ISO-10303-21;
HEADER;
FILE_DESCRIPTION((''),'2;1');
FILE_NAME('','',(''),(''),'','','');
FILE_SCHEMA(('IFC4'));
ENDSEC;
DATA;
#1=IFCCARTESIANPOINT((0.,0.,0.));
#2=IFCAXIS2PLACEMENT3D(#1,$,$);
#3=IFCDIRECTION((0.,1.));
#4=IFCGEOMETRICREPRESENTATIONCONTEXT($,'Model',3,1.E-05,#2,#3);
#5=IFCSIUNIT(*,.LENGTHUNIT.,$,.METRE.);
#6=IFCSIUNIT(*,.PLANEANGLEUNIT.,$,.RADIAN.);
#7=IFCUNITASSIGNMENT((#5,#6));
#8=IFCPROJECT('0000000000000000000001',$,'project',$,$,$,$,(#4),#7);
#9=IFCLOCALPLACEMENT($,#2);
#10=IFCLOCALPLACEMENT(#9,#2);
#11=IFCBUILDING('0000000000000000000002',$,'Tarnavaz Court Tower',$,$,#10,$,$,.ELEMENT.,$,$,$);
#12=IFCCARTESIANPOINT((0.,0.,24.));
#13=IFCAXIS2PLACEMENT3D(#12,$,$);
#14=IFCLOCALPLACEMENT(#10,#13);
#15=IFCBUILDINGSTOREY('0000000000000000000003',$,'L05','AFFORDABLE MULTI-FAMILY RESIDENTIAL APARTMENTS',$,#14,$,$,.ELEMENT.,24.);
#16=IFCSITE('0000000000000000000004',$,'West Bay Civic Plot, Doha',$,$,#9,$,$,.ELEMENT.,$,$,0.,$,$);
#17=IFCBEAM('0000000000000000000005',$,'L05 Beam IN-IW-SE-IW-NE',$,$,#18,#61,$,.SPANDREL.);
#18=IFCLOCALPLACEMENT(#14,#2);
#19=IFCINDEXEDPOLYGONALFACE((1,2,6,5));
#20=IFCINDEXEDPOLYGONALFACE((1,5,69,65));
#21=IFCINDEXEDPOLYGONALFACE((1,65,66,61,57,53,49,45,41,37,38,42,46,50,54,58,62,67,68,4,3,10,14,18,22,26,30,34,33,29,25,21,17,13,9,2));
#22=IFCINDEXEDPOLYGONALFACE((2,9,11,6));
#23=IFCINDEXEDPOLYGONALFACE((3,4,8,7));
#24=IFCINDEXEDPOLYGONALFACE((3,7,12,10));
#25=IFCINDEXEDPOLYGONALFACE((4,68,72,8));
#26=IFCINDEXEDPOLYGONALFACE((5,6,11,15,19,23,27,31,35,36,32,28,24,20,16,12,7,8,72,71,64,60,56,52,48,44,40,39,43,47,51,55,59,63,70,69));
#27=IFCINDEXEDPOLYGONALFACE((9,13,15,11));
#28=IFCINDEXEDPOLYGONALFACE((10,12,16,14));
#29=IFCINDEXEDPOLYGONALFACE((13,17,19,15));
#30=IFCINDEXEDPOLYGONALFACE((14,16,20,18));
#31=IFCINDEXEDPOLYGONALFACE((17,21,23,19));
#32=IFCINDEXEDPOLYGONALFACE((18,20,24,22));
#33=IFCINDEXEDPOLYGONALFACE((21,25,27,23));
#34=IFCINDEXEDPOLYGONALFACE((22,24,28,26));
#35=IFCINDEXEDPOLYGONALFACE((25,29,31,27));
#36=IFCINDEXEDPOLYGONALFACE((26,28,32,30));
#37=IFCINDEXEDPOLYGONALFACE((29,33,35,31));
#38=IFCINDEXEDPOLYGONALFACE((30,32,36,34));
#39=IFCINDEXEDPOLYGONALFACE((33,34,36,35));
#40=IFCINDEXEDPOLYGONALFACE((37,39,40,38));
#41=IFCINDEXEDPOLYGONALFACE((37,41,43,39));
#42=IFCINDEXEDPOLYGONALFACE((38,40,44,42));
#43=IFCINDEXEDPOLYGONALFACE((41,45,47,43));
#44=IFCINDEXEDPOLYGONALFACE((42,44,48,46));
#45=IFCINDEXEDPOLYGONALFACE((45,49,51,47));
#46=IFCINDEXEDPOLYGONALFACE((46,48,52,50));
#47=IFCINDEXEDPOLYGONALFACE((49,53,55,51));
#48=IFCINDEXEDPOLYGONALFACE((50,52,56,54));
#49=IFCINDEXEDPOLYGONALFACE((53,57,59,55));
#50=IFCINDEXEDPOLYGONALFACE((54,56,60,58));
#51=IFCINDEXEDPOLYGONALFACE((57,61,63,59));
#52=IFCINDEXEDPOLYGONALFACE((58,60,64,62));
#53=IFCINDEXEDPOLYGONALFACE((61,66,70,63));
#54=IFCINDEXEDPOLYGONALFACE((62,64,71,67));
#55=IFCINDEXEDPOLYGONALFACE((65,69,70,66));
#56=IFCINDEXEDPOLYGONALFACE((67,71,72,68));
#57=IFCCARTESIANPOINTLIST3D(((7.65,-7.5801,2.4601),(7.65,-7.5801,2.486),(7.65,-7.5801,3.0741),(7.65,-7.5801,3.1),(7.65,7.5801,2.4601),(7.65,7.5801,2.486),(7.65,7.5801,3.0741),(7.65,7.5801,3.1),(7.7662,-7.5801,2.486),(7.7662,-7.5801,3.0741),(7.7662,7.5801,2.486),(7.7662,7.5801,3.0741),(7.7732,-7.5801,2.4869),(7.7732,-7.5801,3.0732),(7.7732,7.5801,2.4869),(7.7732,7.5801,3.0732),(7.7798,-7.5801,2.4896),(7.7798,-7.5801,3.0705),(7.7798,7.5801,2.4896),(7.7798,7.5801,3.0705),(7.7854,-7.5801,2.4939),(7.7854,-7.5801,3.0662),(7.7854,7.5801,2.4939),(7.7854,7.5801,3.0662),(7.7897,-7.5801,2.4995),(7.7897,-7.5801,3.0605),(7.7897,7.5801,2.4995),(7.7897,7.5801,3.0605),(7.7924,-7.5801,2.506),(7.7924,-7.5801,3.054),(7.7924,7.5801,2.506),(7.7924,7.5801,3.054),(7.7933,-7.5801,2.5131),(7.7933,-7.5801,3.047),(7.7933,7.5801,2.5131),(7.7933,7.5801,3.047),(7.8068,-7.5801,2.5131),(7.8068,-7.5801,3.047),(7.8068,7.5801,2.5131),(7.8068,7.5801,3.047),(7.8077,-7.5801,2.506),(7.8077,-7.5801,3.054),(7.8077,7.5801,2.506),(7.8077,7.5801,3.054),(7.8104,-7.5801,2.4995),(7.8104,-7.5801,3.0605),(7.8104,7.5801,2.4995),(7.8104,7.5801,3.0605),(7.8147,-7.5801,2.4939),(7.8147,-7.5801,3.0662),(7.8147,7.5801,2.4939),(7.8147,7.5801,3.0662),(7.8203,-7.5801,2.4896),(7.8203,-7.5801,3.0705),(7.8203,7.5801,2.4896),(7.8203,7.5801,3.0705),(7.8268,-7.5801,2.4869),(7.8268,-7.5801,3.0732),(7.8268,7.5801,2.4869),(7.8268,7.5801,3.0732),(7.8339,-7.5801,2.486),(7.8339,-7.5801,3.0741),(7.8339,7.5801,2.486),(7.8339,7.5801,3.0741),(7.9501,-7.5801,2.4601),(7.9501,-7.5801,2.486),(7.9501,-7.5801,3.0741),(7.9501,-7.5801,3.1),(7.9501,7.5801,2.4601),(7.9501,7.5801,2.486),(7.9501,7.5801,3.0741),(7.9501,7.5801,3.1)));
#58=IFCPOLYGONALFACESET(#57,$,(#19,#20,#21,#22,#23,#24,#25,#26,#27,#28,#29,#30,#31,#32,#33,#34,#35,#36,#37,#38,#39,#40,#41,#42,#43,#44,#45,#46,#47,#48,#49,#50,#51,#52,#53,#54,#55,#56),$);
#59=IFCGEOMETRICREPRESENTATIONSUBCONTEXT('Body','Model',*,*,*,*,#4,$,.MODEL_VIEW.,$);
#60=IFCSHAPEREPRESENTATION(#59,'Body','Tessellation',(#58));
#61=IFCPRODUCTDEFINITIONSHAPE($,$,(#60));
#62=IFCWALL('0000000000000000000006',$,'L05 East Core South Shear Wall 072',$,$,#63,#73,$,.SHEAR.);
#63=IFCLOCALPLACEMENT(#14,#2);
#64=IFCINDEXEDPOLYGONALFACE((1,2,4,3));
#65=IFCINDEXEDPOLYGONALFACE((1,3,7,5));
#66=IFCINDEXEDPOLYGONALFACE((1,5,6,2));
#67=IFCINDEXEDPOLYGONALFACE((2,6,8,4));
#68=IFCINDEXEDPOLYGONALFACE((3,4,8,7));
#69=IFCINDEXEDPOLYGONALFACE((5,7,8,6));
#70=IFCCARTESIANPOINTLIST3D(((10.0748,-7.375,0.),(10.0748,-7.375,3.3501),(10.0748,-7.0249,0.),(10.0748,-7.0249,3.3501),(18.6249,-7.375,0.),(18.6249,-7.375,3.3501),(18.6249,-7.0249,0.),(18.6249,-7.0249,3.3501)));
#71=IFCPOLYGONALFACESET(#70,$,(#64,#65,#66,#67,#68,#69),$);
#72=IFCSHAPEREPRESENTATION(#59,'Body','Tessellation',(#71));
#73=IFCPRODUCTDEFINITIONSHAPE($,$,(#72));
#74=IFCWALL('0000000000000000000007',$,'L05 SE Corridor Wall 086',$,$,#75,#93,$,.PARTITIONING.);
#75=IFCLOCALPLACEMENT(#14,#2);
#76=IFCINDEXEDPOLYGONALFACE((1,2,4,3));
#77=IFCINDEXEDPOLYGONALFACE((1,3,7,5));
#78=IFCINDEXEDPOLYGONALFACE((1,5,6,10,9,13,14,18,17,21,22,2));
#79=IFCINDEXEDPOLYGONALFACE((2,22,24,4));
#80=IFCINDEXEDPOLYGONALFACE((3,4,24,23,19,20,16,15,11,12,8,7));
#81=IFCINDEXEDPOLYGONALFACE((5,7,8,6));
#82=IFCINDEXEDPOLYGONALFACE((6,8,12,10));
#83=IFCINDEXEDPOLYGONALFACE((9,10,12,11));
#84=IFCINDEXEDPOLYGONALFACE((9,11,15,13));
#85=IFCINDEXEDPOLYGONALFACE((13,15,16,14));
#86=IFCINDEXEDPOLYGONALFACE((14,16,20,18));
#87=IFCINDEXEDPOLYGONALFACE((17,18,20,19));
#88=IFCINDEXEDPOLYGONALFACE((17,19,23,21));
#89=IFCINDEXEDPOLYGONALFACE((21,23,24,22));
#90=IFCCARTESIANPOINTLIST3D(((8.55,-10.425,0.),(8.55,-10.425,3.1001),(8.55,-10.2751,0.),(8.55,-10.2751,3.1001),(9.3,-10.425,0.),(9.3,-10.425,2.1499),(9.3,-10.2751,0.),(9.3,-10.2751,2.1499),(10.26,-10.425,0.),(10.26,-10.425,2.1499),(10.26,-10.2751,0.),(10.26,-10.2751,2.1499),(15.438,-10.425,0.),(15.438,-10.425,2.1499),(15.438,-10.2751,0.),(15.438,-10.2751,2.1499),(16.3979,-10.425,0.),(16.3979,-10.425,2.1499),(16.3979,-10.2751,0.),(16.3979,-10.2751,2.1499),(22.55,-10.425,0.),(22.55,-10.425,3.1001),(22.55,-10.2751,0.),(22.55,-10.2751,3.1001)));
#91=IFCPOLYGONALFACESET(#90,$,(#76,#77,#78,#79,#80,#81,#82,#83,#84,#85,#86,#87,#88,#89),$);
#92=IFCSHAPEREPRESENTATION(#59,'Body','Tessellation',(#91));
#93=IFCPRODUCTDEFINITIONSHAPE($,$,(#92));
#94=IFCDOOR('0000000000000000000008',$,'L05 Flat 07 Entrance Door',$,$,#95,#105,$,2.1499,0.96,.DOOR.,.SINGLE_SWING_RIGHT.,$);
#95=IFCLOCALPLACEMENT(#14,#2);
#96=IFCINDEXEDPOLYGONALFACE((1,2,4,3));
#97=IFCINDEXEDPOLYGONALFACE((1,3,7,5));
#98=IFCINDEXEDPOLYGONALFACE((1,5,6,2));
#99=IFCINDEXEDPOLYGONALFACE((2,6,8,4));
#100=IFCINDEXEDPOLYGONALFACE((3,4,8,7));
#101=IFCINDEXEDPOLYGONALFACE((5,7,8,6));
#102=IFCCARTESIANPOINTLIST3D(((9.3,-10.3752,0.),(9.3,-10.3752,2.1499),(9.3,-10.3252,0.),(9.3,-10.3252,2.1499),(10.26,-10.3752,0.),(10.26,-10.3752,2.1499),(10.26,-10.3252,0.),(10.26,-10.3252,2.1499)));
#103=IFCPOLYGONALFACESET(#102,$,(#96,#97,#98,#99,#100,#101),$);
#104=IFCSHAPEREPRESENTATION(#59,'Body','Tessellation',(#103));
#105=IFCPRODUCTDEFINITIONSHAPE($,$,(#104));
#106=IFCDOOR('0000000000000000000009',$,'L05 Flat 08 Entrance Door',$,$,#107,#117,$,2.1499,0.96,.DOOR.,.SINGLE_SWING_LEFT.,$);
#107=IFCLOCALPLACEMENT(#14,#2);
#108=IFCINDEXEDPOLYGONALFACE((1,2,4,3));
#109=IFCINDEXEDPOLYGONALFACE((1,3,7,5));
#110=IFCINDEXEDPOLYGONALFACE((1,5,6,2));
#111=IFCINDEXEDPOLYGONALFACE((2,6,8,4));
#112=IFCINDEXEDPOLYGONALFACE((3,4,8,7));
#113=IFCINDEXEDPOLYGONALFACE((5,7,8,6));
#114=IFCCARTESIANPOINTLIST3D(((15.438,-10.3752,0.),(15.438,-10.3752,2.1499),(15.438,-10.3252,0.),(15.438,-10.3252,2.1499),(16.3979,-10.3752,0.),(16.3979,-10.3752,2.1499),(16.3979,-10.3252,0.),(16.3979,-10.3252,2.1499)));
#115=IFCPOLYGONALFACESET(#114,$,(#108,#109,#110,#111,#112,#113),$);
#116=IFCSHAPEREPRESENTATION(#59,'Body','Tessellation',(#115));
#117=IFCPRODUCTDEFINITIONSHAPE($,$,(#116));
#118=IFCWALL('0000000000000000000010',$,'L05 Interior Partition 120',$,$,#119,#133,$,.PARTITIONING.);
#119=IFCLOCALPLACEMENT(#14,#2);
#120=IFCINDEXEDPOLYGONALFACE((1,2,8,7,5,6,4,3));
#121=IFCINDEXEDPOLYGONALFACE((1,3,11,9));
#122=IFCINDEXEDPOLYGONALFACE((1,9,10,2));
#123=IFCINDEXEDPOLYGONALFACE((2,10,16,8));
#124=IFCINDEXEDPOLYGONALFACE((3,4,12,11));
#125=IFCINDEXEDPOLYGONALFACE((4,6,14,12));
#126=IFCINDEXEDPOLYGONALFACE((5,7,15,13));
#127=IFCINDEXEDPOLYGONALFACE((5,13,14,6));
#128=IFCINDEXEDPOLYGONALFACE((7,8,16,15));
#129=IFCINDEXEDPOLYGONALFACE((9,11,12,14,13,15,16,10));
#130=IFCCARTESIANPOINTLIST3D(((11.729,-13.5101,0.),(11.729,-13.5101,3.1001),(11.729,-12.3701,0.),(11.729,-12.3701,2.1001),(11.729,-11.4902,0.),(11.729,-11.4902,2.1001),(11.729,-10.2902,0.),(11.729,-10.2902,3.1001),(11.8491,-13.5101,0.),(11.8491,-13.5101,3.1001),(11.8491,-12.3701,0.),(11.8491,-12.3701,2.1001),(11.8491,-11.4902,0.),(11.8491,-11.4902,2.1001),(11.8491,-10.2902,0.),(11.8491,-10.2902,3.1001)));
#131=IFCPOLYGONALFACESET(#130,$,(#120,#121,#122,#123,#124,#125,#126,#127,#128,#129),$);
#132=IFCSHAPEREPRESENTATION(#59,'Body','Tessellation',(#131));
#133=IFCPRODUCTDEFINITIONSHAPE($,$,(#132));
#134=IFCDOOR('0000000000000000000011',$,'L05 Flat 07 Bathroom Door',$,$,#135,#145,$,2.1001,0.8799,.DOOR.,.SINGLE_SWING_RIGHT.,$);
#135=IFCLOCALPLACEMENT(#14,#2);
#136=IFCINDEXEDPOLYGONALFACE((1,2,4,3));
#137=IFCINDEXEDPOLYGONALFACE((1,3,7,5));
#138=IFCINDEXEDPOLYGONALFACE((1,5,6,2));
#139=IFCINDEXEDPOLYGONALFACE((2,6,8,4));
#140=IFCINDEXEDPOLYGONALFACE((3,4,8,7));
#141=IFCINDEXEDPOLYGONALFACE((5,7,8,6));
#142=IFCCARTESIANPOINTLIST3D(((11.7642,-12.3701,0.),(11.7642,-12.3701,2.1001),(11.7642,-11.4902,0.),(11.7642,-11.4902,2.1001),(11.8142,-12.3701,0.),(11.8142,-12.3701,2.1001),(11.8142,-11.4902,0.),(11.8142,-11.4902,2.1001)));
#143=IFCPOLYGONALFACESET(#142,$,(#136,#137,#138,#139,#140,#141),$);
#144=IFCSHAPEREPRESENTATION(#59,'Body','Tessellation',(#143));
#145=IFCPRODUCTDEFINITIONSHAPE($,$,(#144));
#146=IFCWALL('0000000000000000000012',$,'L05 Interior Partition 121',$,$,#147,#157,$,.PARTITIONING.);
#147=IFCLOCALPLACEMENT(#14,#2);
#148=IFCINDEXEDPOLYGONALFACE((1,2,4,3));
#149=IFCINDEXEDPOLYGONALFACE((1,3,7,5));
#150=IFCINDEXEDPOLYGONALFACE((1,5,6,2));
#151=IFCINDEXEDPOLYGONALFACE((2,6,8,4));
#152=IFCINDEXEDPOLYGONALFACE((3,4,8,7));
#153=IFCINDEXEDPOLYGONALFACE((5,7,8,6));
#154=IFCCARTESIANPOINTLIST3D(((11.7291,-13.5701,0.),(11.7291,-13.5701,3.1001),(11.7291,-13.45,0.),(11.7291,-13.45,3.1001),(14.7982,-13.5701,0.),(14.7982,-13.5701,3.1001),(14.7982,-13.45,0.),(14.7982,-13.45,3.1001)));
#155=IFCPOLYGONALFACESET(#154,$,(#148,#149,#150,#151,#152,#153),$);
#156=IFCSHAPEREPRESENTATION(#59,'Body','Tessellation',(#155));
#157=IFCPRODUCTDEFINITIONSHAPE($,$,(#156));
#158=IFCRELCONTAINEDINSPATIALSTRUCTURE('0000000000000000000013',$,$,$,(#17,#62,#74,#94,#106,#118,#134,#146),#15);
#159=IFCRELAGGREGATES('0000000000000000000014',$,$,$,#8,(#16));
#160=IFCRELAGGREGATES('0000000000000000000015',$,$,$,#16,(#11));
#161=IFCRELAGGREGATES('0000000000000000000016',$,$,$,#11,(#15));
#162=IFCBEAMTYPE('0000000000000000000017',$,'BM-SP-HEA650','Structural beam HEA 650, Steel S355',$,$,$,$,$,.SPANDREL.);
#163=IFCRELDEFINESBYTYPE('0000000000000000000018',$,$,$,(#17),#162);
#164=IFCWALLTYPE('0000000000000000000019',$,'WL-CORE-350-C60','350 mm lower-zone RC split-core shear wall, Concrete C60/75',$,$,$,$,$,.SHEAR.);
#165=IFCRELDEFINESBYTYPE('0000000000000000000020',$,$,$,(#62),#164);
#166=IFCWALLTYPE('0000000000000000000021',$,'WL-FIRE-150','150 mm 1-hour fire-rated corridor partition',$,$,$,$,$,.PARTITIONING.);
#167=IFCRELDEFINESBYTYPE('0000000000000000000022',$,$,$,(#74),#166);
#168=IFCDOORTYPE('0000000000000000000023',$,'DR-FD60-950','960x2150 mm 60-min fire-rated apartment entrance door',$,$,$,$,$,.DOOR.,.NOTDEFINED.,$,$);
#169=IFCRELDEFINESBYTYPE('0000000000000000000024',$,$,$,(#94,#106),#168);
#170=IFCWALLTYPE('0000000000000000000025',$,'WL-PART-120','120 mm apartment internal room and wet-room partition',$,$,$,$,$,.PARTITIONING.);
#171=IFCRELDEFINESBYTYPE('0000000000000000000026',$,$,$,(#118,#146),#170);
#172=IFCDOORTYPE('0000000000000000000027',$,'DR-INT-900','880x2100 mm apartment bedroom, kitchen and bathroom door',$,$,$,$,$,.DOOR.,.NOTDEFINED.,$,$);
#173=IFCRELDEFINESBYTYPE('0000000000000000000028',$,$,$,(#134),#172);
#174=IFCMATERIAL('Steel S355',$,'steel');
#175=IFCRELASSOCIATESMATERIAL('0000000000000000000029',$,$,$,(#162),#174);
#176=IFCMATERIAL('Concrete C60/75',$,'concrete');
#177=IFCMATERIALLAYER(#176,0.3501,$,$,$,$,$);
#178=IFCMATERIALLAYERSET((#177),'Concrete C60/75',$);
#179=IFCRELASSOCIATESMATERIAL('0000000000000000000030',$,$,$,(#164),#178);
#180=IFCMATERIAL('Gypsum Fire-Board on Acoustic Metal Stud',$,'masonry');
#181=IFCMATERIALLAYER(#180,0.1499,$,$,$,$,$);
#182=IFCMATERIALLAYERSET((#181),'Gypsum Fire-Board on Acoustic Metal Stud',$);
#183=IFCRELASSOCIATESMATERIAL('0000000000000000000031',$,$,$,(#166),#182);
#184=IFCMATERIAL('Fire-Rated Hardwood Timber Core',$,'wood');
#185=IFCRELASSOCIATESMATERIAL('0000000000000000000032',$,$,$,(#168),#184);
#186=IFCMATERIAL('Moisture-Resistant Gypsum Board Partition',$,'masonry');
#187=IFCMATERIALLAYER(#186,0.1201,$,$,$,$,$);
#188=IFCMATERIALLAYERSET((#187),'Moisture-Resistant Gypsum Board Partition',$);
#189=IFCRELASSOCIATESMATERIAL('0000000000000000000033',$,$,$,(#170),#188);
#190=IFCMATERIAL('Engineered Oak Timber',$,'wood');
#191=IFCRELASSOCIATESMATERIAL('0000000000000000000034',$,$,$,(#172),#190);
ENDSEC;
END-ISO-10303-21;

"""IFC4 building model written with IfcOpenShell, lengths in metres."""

from ifc_helpers import new_model, si_unit, direction, frame, frame_2d, origin, origin_2d, place, context, subcontext, project, spatial, rectangle, i_section, extrude, material, layer, layer_set, material_profile, profile_set, type_object, element, fill, save


model = new_model("IFC4")

# Units and contexts
model_context = context("Model", 3, precision=1e-05, world=origin(), true_north=direction((0.0, 1.0)))
body_context = subcontext(model_context, "Body", "Model", "MODEL_VIEW")
ifc_project = project(units=[si_unit("LENGTHUNIT", "METRE"), si_unit("PLANEANGLEUNIT", "RADIAN")], contexts=[model_context])

# Site, building, storey
site_placement = place(None, origin())
site = spatial("IfcSite", under=ifc_project, at=site_placement, Name="West Bay Civic Plot, Doha", CompositionType="ELEMENT", RefElevation=0.0)
building_placement = place(site_placement, origin())
building = spatial("IfcBuilding", under=site, at=building_placement, Name="Tarnavaz Court Tower", CompositionType="ELEMENT")
storey_placement = place(building_placement, frame((0.0, 0.0, 24.0)))
storey = spatial("IfcBuildingStorey", under=building, at=storey_placement, Name="L05", Description="AFFORDABLE MULTI-FAMILY RESIDENTIAL APARTMENTS", CompositionType="ELEMENT", Elevation=24.0)

# Shared definitions
ifc_material_1 = material(Name="Concrete C60/75", Category="concrete")

# Beam
ifc_material_2 = material(Name="Steel S355", Category="steel")
ifc_material_profile_1 = material_profile(ifc_material_2, i_section(OverallWidth=0.3, OverallDepth=0.6399, WebThickness=0.0134, FlangeThickness=0.0259, FilletRadius=0.0271, at=origin_2d()), Name="HEA 650")
ifc_profile_set_1 = profile_set([ifc_material_profile_1], Name="Steel S355")
beam_type_1 = type_object("IfcBeamType", Name="BM-SP-HEA650", Description="Structural beam HEA 650, Steel S355", PredefinedType="SPANDREL", material=ifc_profile_set_1)
beam_1_placement = place(storey_placement, frame((7.8, -7.5801, 2.78), z_axis=(0.0, 1.0, 0.0), x_axis=(-1.0, 0.0, 0.0)))
element("IfcBeam", 1, at=beam_1_placement, inside=storey, type_object=beam_type_1, Name="L05 Beam IN-IW-SE-IW-NE", PredefinedType="SPANDREL", context=body_context, shape_type="SweptSolid", body=[
    extrude(i_section(OverallWidth=0.3, OverallDepth=0.6399, WebThickness=0.0134, FlangeThickness=0.0259, FilletRadius=0.0271, at=origin_2d()), origin(), (0.0, 0.0, 1.0), 15.1602),
])

# Wall
ifc_layer_1 = layer(ifc_material_1, 0.3501)
ifc_layer_set_1 = layer_set([ifc_layer_1], Name="Concrete C60/75")
wall_type_1 = type_object("IfcWallType", Name="WL-CORE-350-C60", Description="350 mm lower-zone RC split-core shear wall, Concrete C60/75", PredefinedType="SHEAR", material=ifc_layer_set_1)
wall_1_placement = place(storey_placement, frame((10.075, -7.2, 0.0), z_axis=(0.0, 0.0, 1.0), x_axis=(1.0, 0.0, 0.0)))
element("IfcWall", 2, at=wall_1_placement, inside=storey, type_object=wall_type_1, Name="L05 East Core South Shear Wall 072", PredefinedType="SHEAR", context=body_context, shape_type="SweptSolid", body=[
    extrude(rectangle(XDim=8.55, YDim=0.3501, at=frame_2d((4.2749, 0.0))), origin(), (0.0, 0.0, 1.0), 3.3501),
])

# Wall, openings, doors
ifc_material_3 = material(Name="Gypsum Fire-Board on Acoustic Metal Stud", Category="masonry")
ifc_layer_2 = layer(ifc_material_3, 0.1499)
ifc_layer_set_2 = layer_set([ifc_layer_2], Name="Gypsum Fire-Board on Acoustic Metal Stud")
wall_type_2 = type_object("IfcWallType", Name="WL-FIRE-150", Description="150 mm 1-hour fire-rated corridor partition", PredefinedType="PARTITIONING", material=ifc_layer_set_2)
wall_2_placement = place(storey_placement, frame((8.55, -10.3501, 0.0), z_axis=(0.0, 0.0, 1.0), x_axis=(1.0, 0.0, 0.0)))
wall_2 = element("IfcWall", 3, at=wall_2_placement, inside=storey, type_object=wall_type_2, Name="L05 SE Corridor Wall 086", PredefinedType="PARTITIONING", context=body_context, shape_type="SweptSolid", body=[
    extrude(rectangle(XDim=14.0, YDim=0.1499, at=frame_2d((7.0, 0.0))), origin(), (0.0, 0.0, 1.0), 3.1001),
])
opening_1_placement = place(wall_2_placement, frame((0.75, 0.0, 0.0)))
opening_1 = element("IfcOpeningElement", 4, at=opening_1_placement, cuts=wall_2, PredefinedType="OPENING", context=body_context, shape_type="SweptSolid", body=[
    extrude(rectangle(XDim=0.96, YDim=2.1499, at=frame_2d((0.48, 1.075))), frame((0.0, 0.085, 0.0), z_axis=(0.0, -1.0, 0.0), x_axis=(1.0, 0.0, 0.0)), (0.0, 0.0, 1.0), 0.1699),
])
opening_2_placement = place(wall_2_placement, frame((6.8879, 0.0, 0.0)))
opening_2 = element("IfcOpeningElement", 5, at=opening_2_placement, cuts=wall_2, PredefinedType="OPENING", context=body_context, shape_type="SweptSolid", body=[
    extrude(rectangle(XDim=0.96, YDim=2.1499, at=frame_2d((0.48, 1.075))), frame((0.0, 0.085, 0.0), z_axis=(0.0, -1.0, 0.0), x_axis=(1.0, 0.0, 0.0)), (0.0, 0.0, 1.0), 0.1699),
])
ifc_material_4 = material(Name="Fire-Rated Hardwood Timber Core", Category="wood")
door_type_1 = type_object("IfcDoorType", Name="DR-FD60-950", Description="960x2150 mm 60-min fire-rated apartment entrance door", OperationType="NOTDEFINED", PredefinedType="DOOR", material=ifc_material_4)
door_1_placement = place(opening_1_placement, origin())
door_1 = element("IfcDoor", 6, at=door_1_placement, inside=storey, type_object=door_type_1, Name="L05 Flat 07 Entrance Door", OperationType="SINGLE_SWING_RIGHT", OverallHeight=2.1499, OverallWidth=0.96, PredefinedType="DOOR", context=body_context, shape_type="SweptSolid", body=[
    extrude(rectangle(XDim=0.96, YDim=2.1499, at=frame_2d((0.48, 1.075))), frame((0.0, 0.0249, 0.0), z_axis=(0.0, -1.0, 0.0), x_axis=(1.0, 0.0, 0.0)), (0.0, 0.0, 1.0), 0.05),
])
fill(opening_1, door_1)
door_2_placement = place(opening_2_placement, origin())
door_2 = element("IfcDoor", 7, at=door_2_placement, inside=storey, type_object=door_type_1, Name="L05 Flat 08 Entrance Door", OperationType="SINGLE_SWING_LEFT", OverallHeight=2.1499, OverallWidth=0.96, PredefinedType="DOOR", context=body_context, shape_type="SweptSolid", body=[
    extrude(rectangle(XDim=0.96, YDim=2.1499, at=frame_2d((0.48, 1.075))), frame((0.0, 0.0249, 0.0), z_axis=(0.0, -1.0, 0.0), x_axis=(1.0, 0.0, 0.0)), (0.0, 0.0, 1.0), 0.05),
])
fill(opening_2, door_2)

# Wall, opening, door
ifc_material_5 = material(Name="Moisture-Resistant Gypsum Board Partition", Category="masonry")
ifc_layer_3 = layer(ifc_material_5, 0.1201)
ifc_layer_set_3 = layer_set([ifc_layer_3], Name="Moisture-Resistant Gypsum Board Partition")
wall_type_3 = type_object("IfcWallType", Name="WL-PART-120", Description="120 mm apartment internal room and wet-room partition", PredefinedType="PARTITIONING", material=ifc_layer_set_3)
wall_3_placement = place(storey_placement, frame((11.7891, -13.51, 0.0), z_axis=(0.0, 0.0, 1.0), x_axis=(0.0, 1.0, 0.0)))
wall_3 = element("IfcWall", 8, at=wall_3_placement, inside=storey, type_object=wall_type_3, Name="L05 Interior Partition 120", PredefinedType="PARTITIONING", context=body_context, shape_type="SweptSolid", body=[
    extrude(rectangle(XDim=3.22, YDim=0.1201, at=frame_2d((1.6099, 0.0))), origin(), (0.0, 0.0, 1.0), 3.1001),
])
opening_3_placement = place(wall_3_placement, frame((1.1399, 0.0, 0.0)))
opening_3 = element("IfcOpeningElement", 9, at=opening_3_placement, cuts=wall_3, PredefinedType="OPENING", context=body_context, shape_type="SweptSolid", body=[
    extrude(rectangle(XDim=0.8799, YDim=2.1001, at=frame_2d((0.4399, 1.05))), frame((0.0, 0.0701, 0.0), z_axis=(0.0, -1.0, 0.0), x_axis=(1.0, 0.0, 0.0)), (0.0, 0.0, 1.0), 0.1401),
])
ifc_material_6 = material(Name="Engineered Oak Timber", Category="wood")
door_type_2 = type_object("IfcDoorType", Name="DR-INT-900", Description="880x2100 mm apartment bedroom, kitchen and bathroom door", OperationType="NOTDEFINED", PredefinedType="DOOR", material=ifc_material_6)
door_3_placement = place(opening_3_placement, origin())
door_3 = element("IfcDoor", 10, at=door_3_placement, inside=storey, type_object=door_type_2, Name="L05 Flat 07 Bathroom Door", OperationType="SINGLE_SWING_RIGHT", OverallHeight=2.1001, OverallWidth=0.8799, PredefinedType="DOOR", context=body_context, shape_type="SweptSolid", body=[
    extrude(rectangle(XDim=0.8799, YDim=2.1001, at=frame_2d((0.4399, 1.05))), frame((0.0, 0.0249, 0.0), z_axis=(0.0, -1.0, 0.0), x_axis=(1.0, 0.0, 0.0)), (0.0, 0.0, 1.0), 0.05),
])
fill(opening_3, door_3)

# Wall
wall_4_placement = place(storey_placement, frame((11.729, -13.51, 0.0), z_axis=(0.0, 0.0, 1.0), x_axis=(1.0, 0.0, 0.0)))
element("IfcWall", 11, at=wall_4_placement, inside=storey, type_object=wall_type_3, Name="L05 Interior Partition 121", PredefinedType="PARTITIONING", context=body_context, shape_type="SweptSolid", body=[
    extrude(rectangle(XDim=3.0691, YDim=0.1201, at=frame_2d((1.5347, 0.0))), origin(), (0.0, 0.0, 1.0), 3.1001),
])

save(model, "model.ifc")
